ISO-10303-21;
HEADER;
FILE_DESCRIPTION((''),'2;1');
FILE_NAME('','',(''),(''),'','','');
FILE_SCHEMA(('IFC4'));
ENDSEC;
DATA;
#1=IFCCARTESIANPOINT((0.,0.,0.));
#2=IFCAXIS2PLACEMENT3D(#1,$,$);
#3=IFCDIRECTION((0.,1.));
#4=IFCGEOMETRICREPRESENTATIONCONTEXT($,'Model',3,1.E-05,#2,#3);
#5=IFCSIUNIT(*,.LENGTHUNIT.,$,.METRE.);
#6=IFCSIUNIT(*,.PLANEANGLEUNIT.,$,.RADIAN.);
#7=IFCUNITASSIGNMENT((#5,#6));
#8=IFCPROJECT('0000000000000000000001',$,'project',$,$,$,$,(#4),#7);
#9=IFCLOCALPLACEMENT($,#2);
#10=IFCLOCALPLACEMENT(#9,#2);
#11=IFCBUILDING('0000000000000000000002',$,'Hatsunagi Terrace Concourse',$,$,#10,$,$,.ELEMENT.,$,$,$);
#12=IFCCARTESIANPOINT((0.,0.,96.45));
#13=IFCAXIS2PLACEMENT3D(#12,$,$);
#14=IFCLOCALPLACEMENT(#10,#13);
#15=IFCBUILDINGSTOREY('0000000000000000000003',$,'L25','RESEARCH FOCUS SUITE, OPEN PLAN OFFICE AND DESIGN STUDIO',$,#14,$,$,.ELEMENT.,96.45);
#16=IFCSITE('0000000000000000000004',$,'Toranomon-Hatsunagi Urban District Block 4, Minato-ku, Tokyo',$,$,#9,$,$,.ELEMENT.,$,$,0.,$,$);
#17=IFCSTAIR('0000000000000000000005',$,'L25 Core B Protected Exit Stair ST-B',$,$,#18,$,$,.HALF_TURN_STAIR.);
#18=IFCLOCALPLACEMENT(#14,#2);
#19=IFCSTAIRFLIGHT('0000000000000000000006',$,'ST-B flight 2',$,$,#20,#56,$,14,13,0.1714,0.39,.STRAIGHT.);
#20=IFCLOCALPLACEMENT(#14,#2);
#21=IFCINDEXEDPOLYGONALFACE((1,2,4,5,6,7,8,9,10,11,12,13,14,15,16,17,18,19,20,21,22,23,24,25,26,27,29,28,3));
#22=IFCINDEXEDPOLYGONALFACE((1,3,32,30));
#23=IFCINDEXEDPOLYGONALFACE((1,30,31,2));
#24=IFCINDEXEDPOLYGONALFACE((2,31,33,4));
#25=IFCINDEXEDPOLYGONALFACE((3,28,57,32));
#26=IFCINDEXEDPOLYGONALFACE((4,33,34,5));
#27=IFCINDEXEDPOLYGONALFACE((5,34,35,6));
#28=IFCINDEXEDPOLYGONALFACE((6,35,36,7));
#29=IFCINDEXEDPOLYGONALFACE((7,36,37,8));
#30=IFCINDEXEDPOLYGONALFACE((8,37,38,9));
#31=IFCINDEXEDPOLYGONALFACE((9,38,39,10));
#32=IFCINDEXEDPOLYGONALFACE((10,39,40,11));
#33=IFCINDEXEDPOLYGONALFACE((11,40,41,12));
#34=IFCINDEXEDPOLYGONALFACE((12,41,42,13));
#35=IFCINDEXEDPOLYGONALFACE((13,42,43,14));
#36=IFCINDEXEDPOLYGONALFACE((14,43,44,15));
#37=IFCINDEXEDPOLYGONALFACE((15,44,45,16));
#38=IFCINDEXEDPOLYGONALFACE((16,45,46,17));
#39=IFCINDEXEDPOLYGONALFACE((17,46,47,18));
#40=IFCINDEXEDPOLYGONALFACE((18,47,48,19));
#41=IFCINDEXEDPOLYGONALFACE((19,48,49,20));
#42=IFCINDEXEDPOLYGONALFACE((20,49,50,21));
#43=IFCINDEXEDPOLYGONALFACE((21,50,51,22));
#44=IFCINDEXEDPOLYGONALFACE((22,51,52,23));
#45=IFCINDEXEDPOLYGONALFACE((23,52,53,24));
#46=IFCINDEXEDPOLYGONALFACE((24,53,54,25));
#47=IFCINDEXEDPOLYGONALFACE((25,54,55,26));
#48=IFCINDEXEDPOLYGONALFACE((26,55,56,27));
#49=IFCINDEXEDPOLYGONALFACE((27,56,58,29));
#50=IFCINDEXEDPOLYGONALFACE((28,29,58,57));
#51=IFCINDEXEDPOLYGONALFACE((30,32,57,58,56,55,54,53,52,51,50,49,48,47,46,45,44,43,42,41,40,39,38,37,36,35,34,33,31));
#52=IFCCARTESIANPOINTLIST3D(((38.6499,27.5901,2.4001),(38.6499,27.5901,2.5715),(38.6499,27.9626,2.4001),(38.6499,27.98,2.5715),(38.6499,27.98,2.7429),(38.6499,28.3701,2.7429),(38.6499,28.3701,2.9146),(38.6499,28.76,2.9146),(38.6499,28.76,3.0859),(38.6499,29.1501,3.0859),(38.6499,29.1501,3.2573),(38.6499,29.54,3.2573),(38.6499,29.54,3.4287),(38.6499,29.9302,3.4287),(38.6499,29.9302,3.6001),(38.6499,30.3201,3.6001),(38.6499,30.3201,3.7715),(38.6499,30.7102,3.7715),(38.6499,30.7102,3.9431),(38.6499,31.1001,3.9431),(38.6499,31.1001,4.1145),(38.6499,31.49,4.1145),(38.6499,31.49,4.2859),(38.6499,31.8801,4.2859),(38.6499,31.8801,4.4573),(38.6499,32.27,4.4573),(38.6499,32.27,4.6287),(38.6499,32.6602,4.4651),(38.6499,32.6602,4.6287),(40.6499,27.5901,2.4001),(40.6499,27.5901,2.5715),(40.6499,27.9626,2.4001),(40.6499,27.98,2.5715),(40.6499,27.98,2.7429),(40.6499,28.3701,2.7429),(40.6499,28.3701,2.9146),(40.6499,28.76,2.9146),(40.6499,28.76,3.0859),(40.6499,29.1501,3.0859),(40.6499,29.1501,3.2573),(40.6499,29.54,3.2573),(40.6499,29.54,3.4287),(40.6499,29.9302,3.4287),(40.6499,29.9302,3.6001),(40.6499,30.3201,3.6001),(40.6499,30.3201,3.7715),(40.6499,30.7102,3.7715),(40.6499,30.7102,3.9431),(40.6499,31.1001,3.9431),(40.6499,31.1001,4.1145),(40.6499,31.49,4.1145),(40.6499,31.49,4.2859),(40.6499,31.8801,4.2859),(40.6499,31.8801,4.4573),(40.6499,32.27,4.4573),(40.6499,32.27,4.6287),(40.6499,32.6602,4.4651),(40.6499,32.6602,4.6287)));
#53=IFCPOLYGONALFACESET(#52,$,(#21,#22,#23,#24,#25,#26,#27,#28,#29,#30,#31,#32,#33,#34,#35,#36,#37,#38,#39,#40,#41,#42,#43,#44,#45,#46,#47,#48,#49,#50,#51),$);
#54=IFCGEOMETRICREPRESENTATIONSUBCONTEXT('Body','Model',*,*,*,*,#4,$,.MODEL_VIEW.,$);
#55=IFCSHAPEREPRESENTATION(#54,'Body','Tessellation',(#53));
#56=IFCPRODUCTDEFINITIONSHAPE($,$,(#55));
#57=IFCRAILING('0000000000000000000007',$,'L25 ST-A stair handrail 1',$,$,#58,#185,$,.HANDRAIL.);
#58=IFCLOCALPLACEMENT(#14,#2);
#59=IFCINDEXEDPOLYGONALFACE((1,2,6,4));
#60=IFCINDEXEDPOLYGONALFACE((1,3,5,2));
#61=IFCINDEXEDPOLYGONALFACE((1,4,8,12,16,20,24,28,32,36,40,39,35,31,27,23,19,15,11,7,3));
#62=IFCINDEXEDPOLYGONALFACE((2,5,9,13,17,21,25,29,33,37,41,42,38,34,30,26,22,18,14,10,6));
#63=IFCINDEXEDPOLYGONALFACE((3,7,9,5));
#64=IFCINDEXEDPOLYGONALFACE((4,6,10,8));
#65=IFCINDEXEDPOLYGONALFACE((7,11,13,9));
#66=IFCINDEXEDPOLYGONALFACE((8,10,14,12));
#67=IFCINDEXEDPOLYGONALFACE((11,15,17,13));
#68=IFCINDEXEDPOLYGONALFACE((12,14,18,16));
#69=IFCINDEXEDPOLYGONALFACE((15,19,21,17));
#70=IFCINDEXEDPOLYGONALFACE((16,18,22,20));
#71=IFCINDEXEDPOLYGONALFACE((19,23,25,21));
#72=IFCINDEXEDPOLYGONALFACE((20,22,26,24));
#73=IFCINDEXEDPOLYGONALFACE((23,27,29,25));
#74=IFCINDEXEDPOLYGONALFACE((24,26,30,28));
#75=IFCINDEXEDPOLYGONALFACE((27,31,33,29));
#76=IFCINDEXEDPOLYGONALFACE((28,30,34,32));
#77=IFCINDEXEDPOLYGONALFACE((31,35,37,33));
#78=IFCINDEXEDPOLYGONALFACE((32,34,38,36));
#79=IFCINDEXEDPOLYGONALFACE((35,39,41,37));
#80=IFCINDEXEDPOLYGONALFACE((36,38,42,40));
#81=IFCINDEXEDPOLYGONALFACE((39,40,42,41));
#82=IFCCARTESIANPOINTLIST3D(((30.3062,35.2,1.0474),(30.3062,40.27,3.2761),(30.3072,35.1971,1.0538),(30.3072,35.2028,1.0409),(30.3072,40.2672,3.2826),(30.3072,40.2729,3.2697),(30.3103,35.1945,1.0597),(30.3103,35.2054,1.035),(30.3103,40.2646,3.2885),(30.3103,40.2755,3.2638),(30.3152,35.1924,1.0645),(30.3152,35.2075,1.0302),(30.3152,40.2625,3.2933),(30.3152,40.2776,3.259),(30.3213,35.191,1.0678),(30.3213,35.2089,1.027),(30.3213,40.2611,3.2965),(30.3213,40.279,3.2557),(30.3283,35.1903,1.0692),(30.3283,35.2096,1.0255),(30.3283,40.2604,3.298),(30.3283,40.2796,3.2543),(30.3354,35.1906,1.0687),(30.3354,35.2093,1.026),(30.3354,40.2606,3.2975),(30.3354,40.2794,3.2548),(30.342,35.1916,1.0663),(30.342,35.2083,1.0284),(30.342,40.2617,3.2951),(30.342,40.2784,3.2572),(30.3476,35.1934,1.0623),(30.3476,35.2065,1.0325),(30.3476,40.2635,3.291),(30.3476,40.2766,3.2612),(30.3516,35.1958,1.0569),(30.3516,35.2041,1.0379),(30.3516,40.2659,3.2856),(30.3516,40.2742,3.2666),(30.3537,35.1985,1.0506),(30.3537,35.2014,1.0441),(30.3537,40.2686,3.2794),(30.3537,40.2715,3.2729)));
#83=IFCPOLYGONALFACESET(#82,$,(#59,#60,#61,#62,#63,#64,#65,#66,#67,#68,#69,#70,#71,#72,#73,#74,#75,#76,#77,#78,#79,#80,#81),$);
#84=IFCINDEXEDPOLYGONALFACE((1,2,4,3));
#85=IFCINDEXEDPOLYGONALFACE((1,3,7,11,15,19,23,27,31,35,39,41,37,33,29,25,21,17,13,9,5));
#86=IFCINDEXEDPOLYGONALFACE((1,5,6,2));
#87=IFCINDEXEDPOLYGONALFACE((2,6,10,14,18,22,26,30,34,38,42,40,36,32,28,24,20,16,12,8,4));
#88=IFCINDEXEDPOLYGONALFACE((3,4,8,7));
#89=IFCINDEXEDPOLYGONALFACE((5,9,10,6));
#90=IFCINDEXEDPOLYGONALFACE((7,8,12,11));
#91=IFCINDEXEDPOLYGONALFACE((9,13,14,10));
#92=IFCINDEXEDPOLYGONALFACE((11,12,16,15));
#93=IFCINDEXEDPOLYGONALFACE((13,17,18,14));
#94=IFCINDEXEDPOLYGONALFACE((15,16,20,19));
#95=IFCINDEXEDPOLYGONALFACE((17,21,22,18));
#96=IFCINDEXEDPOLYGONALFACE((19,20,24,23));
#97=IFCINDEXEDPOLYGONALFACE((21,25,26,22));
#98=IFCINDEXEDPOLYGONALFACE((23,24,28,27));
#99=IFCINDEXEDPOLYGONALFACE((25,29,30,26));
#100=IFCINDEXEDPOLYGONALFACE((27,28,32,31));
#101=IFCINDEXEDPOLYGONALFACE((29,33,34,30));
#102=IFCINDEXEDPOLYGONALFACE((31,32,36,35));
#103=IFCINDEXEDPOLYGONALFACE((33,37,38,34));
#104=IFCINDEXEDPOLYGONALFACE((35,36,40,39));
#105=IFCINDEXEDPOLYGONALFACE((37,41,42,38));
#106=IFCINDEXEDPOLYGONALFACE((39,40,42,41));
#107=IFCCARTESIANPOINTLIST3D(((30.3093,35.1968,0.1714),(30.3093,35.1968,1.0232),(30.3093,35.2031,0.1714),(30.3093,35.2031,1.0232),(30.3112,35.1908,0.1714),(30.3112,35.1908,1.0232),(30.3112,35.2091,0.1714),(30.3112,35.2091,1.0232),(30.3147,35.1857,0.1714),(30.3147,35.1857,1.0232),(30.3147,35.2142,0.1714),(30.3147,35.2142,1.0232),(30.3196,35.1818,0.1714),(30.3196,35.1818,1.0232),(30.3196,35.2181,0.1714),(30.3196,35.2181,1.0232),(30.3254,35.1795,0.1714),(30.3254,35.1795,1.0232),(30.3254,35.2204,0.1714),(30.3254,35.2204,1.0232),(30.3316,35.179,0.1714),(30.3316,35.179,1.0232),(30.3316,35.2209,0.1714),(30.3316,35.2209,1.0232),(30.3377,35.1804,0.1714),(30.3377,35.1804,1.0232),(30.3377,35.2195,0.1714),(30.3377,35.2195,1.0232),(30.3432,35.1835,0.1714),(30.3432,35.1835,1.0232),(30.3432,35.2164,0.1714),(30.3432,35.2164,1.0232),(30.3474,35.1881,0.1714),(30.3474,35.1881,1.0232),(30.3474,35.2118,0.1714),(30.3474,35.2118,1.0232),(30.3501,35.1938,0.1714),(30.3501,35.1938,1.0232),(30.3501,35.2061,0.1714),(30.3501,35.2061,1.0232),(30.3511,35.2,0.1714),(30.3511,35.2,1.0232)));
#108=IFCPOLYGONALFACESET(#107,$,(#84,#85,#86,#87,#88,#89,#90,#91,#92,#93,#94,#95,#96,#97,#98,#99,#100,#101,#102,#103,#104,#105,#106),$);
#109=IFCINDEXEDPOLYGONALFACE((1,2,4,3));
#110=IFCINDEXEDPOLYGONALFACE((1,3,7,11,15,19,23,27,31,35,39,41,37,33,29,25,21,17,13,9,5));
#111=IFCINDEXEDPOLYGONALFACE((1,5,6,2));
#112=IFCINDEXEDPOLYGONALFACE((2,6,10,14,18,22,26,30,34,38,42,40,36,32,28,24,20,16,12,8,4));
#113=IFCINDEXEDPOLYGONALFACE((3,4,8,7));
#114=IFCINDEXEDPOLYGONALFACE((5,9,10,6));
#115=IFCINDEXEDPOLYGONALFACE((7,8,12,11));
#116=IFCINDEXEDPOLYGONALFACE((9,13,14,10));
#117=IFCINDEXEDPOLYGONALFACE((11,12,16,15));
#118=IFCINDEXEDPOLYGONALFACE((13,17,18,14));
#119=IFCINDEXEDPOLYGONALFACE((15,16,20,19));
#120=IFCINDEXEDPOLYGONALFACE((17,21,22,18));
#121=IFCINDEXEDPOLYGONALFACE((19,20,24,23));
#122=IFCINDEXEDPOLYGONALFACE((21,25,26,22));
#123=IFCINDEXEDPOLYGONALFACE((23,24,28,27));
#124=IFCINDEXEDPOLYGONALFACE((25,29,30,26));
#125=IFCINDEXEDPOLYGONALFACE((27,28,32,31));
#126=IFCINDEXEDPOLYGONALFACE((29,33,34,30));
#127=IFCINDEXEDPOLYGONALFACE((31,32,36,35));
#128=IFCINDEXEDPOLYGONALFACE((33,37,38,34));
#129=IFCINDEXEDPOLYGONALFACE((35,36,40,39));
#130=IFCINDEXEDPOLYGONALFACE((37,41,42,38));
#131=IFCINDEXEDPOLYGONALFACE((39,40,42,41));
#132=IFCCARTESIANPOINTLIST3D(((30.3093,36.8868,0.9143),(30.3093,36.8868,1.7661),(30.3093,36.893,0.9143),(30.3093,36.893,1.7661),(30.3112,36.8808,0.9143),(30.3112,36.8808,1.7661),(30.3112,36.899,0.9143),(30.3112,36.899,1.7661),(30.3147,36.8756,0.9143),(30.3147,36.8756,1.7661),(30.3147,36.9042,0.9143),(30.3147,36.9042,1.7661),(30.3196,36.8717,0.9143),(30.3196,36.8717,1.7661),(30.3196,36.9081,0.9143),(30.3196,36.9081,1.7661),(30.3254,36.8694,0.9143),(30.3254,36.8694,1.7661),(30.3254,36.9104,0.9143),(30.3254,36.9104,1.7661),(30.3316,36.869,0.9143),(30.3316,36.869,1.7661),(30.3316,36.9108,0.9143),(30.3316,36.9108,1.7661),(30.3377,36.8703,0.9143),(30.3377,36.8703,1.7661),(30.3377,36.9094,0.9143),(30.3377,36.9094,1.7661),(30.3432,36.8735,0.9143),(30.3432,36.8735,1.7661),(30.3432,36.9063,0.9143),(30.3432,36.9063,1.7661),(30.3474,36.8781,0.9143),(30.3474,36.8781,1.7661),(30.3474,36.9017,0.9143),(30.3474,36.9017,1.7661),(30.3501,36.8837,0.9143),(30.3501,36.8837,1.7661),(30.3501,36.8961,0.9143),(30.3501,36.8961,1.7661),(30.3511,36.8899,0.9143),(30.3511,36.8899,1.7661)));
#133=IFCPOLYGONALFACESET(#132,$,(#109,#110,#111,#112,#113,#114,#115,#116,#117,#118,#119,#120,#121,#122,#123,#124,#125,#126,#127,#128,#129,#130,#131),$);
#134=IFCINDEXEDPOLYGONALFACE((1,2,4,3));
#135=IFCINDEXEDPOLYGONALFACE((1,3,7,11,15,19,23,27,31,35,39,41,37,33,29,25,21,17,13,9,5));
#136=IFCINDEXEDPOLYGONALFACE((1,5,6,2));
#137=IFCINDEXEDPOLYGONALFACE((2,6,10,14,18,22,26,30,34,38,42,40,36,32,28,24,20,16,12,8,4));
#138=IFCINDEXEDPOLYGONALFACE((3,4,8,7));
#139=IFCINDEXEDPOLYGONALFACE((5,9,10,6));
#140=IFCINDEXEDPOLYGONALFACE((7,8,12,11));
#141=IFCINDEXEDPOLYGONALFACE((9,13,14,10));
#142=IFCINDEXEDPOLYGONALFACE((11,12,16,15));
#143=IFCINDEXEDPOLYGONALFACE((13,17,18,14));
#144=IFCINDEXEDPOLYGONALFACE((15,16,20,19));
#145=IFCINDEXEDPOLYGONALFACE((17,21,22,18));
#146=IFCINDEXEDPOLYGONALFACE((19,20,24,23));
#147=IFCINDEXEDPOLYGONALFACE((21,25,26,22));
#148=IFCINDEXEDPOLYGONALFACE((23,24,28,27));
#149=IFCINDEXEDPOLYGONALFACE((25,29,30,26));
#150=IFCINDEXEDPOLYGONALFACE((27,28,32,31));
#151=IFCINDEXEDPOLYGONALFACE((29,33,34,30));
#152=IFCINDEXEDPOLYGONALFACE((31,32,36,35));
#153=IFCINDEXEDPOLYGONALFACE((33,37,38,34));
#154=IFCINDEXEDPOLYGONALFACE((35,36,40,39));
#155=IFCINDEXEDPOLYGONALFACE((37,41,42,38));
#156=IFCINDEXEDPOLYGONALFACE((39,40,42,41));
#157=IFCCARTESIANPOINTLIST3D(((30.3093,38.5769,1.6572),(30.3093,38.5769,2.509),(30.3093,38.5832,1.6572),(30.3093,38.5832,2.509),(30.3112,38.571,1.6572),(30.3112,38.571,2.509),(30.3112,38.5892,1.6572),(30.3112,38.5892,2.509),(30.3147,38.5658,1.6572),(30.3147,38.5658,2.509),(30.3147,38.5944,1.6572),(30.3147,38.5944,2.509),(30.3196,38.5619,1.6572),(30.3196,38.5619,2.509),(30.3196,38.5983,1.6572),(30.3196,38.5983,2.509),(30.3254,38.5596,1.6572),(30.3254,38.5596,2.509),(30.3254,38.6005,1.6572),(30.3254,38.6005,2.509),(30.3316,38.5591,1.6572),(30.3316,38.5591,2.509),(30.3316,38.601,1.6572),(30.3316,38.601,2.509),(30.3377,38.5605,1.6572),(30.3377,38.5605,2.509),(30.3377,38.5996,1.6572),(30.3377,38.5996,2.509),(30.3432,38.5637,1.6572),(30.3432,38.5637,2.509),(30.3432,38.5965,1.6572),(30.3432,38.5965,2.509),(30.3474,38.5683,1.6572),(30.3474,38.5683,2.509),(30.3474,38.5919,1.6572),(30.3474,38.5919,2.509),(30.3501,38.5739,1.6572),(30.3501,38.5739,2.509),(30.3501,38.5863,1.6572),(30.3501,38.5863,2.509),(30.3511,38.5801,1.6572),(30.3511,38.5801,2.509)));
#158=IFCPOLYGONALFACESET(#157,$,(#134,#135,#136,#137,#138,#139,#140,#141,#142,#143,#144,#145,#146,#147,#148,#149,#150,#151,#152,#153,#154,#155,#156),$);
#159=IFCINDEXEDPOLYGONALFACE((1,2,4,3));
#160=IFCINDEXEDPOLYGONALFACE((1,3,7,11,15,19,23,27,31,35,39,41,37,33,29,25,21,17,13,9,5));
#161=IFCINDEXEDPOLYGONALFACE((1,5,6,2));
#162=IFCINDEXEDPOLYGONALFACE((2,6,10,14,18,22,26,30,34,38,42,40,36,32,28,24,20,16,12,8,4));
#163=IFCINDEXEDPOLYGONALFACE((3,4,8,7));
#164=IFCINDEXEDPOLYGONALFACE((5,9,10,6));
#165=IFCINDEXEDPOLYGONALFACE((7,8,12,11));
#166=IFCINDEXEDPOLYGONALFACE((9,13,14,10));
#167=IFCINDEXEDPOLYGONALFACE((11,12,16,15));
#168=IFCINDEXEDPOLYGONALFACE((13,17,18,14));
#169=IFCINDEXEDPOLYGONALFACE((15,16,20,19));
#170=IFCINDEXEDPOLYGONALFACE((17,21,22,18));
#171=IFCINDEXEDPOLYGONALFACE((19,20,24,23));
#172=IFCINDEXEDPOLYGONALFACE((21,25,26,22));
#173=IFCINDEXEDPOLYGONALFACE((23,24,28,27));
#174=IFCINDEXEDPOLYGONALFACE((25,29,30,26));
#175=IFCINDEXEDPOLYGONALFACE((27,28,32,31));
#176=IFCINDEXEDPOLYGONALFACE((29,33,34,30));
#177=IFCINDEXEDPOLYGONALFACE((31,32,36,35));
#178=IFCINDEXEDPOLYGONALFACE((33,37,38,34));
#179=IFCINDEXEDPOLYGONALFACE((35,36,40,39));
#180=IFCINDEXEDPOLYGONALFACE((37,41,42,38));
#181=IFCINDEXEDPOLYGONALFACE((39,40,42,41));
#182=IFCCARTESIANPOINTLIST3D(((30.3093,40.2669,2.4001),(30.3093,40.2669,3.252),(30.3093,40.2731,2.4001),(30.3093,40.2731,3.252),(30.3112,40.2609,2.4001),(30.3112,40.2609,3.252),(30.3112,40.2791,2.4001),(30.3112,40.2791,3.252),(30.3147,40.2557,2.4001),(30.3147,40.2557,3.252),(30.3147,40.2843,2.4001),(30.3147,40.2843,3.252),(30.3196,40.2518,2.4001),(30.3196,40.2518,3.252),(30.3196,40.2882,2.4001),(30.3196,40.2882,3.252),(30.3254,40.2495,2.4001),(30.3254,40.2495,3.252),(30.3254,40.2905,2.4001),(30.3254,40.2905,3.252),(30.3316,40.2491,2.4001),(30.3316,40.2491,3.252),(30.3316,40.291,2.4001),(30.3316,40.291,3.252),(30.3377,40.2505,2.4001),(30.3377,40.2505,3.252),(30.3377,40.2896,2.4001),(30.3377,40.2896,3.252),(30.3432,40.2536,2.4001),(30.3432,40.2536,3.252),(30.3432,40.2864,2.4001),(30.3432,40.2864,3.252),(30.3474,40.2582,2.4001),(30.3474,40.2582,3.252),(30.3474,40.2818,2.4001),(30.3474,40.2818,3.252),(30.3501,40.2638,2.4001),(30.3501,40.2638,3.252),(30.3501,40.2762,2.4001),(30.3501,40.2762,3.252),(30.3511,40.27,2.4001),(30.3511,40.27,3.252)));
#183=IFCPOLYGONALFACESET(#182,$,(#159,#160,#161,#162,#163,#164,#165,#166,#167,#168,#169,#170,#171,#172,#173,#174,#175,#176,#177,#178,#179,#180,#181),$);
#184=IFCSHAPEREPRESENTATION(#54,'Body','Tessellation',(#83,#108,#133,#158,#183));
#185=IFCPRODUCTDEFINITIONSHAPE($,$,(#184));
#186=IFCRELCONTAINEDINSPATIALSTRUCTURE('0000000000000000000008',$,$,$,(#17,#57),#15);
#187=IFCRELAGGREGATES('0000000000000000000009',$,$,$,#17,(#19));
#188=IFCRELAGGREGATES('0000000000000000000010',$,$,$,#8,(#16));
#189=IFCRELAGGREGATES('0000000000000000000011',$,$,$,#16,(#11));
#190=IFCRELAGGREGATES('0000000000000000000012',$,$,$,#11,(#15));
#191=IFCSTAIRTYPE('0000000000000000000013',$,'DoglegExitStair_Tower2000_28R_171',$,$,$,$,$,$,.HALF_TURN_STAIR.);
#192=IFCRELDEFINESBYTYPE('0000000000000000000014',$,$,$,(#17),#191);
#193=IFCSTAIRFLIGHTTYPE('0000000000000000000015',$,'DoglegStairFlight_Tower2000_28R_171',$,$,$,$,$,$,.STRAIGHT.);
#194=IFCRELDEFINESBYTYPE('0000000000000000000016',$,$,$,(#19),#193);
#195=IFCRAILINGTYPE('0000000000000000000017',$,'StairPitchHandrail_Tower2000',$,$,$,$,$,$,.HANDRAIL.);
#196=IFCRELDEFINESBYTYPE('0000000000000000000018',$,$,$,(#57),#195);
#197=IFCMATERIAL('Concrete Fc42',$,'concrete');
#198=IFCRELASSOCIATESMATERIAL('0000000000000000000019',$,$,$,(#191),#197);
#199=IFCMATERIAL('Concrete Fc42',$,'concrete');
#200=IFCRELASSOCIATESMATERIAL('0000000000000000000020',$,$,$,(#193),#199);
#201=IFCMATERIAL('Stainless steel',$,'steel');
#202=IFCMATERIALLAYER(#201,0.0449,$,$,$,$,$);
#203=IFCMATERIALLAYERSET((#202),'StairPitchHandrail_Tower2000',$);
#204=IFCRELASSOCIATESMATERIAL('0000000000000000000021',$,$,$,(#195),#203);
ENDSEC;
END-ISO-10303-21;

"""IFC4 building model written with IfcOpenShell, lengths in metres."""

from ifc_helpers import new_model, si_unit, direction, frame, origin, origin_2d, place, context, subcontext, project, spatial, polyline, circle, outline, extrude, material, layer, layer_set, type_object, element, aggregate, save


model = new_model("IFC4")

# Units and contexts
model_context = context("Model", 3, precision=1e-05, world=origin(), true_north=direction((0.0, 1.0)))
body_context = subcontext(model_context, "Body", "Model", "MODEL_VIEW")
ifc_project = project(units=[si_unit("LENGTHUNIT", "METRE"), si_unit("PLANEANGLEUNIT", "RADIAN")], contexts=[model_context])

# Site, building, storey
site_placement = place(None, origin())
site = spatial("IfcSite", under=ifc_project, at=site_placement, Name="Toranomon-Hatsunagi Urban District Block 4, Minato-ku, Tokyo", CompositionType="ELEMENT", RefElevation=0.0)
building_placement = place(site_placement, origin())
building = spatial("IfcBuilding", under=site, at=building_placement, Name="Hatsunagi Terrace Concourse", CompositionType="ELEMENT")
storey_placement = place(building_placement, frame((0.0, 0.0, 96.45)))
storey = spatial("IfcBuildingStorey", under=building, at=storey_placement, Name="L25", Description="RESEARCH FOCUS SUITE, OPEN PLAN OFFICE AND DESIGN STUDIO", CompositionType="ELEMENT", Elevation=96.45)

# Stair, stair flight
ifc_material_1 = material(Name="Concrete Fc42", Category="concrete")
stair_type = type_object("IfcStairType", Name="DoglegExitStair_Tower2000_28R_171", PredefinedType="HALF_TURN_STAIR", material=ifc_material_1)
stair_placement = place(storey_placement, origin())
stair = element("IfcStair", 1, at=stair_placement, inside=storey, type_object=stair_type, Name="L25 Core B Protected Exit Stair ST-B", PredefinedType="HALF_TURN_STAIR")
ifc_material_2 = material(Name="Concrete Fc42", Category="concrete")
stair_flight_type = type_object("IfcStairFlightType", Name="DoglegStairFlight_Tower2000_28R_171", PredefinedType="STRAIGHT", material=ifc_material_2)
stair_flight_1_placement = place(storey_placement, frame((39.6499, 27.5901, 2.4001), z_axis=(0.0, 0.0, 1.0), x_axis=(0.0, 1.0, 0.0)))
stair_flight_1 = element("IfcStairFlight", 2, at=stair_flight_1_placement, type_object=stair_flight_type, Name="ST-B flight 2", NumberOfRisers=14, NumberOfTreads=13, PredefinedType="STRAIGHT", RiserHeight=0.1714, TreadLength=0.39, context=body_context, shape_type="SweptSolid", body=[
    extrude(outline(polyline([(0.0, 0.0), (0.0, 0.1714), (0.3899, 0.1714), (0.3899, 0.3428), (0.78, 0.3428), (0.78, 0.5144), (1.1699, 0.5144), (1.1699, 0.6858), (1.5601, 0.6858), (1.5601, 0.8572), (1.95, 0.8572), (1.95, 1.0286), (2.3401, 1.0286), (2.3401, 1.2), (2.73, 1.2), (2.73, 1.3713), (3.1201, 1.3713), (3.1201, 1.543), (3.51, 1.543), (3.51, 1.7144), (3.8999, 1.7144), (3.8999, 1.8857), (4.29, 1.8857), (4.29, 2.0571), (4.6799, 2.0571), (4.6799, 2.2285), (5.0701, 2.2285), (5.0701, 2.3999), (5.0701, 2.0649), (0.3726, 0.0), (0.0, 0.0)])), frame((0.0, 1.0, 0.0), z_axis=(0.0, -1.0, 0.0), x_axis=(1.0, 0.0, 0.0)), (0.0, 0.0, 1.0), 2.0),
])
aggregate(stair, [stair_flight_1])

# Railing
ifc_material_3 = material(Name="Stainless steel", Category="steel")
ifc_layer_1 = layer(ifc_material_3, 0.0449)
ifc_layer_set_1 = layer_set([ifc_layer_1], Name="StairPitchHandrail_Tower2000")
railing_type_1 = type_object("IfcRailingType", Name="StairPitchHandrail_Tower2000", PredefinedType="HANDRAIL", material=ifc_layer_set_1)
railing_1_placement = place(storey_placement, frame((30.3301, 35.2, 0.1714)))
element("IfcRailing", 3, at=railing_1_placement, inside=storey, type_object=railing_type_1, Name="L25 ST-A stair handrail 1", PredefinedType="HANDRAIL", context=body_context, shape_type="SweptSolid", body=[
    extrude(circle(Radius=0.0239, at=origin_2d()), frame((0.0, 0.0, 0.876), z_axis=(0.0, 0.915453, 0.402425), x_axis=(-1.0, 0.0, 0.0)), (0.0, 0.0, 1.0), 5.5383),
    extrude(circle(Radius=0.021, at=origin_2d()), origin(), (0.0, 0.0, 1.0), 0.8518),
    extrude(circle(Radius=0.021, at=origin_2d()), frame((0.0, 1.6899, 0.7429)), (0.0, 0.0, 1.0), 0.8518),
    extrude(circle(Radius=0.021, at=origin_2d()), frame((0.0, 3.3801, 1.4858)), (0.0, 0.0, 1.0), 0.8518),
    extrude(circle(Radius=0.021, at=origin_2d()), frame((0.0, 5.0701, 2.2288)), (0.0, 0.0, 1.0), 0.8518),
])

save(model, "model.ifc")
